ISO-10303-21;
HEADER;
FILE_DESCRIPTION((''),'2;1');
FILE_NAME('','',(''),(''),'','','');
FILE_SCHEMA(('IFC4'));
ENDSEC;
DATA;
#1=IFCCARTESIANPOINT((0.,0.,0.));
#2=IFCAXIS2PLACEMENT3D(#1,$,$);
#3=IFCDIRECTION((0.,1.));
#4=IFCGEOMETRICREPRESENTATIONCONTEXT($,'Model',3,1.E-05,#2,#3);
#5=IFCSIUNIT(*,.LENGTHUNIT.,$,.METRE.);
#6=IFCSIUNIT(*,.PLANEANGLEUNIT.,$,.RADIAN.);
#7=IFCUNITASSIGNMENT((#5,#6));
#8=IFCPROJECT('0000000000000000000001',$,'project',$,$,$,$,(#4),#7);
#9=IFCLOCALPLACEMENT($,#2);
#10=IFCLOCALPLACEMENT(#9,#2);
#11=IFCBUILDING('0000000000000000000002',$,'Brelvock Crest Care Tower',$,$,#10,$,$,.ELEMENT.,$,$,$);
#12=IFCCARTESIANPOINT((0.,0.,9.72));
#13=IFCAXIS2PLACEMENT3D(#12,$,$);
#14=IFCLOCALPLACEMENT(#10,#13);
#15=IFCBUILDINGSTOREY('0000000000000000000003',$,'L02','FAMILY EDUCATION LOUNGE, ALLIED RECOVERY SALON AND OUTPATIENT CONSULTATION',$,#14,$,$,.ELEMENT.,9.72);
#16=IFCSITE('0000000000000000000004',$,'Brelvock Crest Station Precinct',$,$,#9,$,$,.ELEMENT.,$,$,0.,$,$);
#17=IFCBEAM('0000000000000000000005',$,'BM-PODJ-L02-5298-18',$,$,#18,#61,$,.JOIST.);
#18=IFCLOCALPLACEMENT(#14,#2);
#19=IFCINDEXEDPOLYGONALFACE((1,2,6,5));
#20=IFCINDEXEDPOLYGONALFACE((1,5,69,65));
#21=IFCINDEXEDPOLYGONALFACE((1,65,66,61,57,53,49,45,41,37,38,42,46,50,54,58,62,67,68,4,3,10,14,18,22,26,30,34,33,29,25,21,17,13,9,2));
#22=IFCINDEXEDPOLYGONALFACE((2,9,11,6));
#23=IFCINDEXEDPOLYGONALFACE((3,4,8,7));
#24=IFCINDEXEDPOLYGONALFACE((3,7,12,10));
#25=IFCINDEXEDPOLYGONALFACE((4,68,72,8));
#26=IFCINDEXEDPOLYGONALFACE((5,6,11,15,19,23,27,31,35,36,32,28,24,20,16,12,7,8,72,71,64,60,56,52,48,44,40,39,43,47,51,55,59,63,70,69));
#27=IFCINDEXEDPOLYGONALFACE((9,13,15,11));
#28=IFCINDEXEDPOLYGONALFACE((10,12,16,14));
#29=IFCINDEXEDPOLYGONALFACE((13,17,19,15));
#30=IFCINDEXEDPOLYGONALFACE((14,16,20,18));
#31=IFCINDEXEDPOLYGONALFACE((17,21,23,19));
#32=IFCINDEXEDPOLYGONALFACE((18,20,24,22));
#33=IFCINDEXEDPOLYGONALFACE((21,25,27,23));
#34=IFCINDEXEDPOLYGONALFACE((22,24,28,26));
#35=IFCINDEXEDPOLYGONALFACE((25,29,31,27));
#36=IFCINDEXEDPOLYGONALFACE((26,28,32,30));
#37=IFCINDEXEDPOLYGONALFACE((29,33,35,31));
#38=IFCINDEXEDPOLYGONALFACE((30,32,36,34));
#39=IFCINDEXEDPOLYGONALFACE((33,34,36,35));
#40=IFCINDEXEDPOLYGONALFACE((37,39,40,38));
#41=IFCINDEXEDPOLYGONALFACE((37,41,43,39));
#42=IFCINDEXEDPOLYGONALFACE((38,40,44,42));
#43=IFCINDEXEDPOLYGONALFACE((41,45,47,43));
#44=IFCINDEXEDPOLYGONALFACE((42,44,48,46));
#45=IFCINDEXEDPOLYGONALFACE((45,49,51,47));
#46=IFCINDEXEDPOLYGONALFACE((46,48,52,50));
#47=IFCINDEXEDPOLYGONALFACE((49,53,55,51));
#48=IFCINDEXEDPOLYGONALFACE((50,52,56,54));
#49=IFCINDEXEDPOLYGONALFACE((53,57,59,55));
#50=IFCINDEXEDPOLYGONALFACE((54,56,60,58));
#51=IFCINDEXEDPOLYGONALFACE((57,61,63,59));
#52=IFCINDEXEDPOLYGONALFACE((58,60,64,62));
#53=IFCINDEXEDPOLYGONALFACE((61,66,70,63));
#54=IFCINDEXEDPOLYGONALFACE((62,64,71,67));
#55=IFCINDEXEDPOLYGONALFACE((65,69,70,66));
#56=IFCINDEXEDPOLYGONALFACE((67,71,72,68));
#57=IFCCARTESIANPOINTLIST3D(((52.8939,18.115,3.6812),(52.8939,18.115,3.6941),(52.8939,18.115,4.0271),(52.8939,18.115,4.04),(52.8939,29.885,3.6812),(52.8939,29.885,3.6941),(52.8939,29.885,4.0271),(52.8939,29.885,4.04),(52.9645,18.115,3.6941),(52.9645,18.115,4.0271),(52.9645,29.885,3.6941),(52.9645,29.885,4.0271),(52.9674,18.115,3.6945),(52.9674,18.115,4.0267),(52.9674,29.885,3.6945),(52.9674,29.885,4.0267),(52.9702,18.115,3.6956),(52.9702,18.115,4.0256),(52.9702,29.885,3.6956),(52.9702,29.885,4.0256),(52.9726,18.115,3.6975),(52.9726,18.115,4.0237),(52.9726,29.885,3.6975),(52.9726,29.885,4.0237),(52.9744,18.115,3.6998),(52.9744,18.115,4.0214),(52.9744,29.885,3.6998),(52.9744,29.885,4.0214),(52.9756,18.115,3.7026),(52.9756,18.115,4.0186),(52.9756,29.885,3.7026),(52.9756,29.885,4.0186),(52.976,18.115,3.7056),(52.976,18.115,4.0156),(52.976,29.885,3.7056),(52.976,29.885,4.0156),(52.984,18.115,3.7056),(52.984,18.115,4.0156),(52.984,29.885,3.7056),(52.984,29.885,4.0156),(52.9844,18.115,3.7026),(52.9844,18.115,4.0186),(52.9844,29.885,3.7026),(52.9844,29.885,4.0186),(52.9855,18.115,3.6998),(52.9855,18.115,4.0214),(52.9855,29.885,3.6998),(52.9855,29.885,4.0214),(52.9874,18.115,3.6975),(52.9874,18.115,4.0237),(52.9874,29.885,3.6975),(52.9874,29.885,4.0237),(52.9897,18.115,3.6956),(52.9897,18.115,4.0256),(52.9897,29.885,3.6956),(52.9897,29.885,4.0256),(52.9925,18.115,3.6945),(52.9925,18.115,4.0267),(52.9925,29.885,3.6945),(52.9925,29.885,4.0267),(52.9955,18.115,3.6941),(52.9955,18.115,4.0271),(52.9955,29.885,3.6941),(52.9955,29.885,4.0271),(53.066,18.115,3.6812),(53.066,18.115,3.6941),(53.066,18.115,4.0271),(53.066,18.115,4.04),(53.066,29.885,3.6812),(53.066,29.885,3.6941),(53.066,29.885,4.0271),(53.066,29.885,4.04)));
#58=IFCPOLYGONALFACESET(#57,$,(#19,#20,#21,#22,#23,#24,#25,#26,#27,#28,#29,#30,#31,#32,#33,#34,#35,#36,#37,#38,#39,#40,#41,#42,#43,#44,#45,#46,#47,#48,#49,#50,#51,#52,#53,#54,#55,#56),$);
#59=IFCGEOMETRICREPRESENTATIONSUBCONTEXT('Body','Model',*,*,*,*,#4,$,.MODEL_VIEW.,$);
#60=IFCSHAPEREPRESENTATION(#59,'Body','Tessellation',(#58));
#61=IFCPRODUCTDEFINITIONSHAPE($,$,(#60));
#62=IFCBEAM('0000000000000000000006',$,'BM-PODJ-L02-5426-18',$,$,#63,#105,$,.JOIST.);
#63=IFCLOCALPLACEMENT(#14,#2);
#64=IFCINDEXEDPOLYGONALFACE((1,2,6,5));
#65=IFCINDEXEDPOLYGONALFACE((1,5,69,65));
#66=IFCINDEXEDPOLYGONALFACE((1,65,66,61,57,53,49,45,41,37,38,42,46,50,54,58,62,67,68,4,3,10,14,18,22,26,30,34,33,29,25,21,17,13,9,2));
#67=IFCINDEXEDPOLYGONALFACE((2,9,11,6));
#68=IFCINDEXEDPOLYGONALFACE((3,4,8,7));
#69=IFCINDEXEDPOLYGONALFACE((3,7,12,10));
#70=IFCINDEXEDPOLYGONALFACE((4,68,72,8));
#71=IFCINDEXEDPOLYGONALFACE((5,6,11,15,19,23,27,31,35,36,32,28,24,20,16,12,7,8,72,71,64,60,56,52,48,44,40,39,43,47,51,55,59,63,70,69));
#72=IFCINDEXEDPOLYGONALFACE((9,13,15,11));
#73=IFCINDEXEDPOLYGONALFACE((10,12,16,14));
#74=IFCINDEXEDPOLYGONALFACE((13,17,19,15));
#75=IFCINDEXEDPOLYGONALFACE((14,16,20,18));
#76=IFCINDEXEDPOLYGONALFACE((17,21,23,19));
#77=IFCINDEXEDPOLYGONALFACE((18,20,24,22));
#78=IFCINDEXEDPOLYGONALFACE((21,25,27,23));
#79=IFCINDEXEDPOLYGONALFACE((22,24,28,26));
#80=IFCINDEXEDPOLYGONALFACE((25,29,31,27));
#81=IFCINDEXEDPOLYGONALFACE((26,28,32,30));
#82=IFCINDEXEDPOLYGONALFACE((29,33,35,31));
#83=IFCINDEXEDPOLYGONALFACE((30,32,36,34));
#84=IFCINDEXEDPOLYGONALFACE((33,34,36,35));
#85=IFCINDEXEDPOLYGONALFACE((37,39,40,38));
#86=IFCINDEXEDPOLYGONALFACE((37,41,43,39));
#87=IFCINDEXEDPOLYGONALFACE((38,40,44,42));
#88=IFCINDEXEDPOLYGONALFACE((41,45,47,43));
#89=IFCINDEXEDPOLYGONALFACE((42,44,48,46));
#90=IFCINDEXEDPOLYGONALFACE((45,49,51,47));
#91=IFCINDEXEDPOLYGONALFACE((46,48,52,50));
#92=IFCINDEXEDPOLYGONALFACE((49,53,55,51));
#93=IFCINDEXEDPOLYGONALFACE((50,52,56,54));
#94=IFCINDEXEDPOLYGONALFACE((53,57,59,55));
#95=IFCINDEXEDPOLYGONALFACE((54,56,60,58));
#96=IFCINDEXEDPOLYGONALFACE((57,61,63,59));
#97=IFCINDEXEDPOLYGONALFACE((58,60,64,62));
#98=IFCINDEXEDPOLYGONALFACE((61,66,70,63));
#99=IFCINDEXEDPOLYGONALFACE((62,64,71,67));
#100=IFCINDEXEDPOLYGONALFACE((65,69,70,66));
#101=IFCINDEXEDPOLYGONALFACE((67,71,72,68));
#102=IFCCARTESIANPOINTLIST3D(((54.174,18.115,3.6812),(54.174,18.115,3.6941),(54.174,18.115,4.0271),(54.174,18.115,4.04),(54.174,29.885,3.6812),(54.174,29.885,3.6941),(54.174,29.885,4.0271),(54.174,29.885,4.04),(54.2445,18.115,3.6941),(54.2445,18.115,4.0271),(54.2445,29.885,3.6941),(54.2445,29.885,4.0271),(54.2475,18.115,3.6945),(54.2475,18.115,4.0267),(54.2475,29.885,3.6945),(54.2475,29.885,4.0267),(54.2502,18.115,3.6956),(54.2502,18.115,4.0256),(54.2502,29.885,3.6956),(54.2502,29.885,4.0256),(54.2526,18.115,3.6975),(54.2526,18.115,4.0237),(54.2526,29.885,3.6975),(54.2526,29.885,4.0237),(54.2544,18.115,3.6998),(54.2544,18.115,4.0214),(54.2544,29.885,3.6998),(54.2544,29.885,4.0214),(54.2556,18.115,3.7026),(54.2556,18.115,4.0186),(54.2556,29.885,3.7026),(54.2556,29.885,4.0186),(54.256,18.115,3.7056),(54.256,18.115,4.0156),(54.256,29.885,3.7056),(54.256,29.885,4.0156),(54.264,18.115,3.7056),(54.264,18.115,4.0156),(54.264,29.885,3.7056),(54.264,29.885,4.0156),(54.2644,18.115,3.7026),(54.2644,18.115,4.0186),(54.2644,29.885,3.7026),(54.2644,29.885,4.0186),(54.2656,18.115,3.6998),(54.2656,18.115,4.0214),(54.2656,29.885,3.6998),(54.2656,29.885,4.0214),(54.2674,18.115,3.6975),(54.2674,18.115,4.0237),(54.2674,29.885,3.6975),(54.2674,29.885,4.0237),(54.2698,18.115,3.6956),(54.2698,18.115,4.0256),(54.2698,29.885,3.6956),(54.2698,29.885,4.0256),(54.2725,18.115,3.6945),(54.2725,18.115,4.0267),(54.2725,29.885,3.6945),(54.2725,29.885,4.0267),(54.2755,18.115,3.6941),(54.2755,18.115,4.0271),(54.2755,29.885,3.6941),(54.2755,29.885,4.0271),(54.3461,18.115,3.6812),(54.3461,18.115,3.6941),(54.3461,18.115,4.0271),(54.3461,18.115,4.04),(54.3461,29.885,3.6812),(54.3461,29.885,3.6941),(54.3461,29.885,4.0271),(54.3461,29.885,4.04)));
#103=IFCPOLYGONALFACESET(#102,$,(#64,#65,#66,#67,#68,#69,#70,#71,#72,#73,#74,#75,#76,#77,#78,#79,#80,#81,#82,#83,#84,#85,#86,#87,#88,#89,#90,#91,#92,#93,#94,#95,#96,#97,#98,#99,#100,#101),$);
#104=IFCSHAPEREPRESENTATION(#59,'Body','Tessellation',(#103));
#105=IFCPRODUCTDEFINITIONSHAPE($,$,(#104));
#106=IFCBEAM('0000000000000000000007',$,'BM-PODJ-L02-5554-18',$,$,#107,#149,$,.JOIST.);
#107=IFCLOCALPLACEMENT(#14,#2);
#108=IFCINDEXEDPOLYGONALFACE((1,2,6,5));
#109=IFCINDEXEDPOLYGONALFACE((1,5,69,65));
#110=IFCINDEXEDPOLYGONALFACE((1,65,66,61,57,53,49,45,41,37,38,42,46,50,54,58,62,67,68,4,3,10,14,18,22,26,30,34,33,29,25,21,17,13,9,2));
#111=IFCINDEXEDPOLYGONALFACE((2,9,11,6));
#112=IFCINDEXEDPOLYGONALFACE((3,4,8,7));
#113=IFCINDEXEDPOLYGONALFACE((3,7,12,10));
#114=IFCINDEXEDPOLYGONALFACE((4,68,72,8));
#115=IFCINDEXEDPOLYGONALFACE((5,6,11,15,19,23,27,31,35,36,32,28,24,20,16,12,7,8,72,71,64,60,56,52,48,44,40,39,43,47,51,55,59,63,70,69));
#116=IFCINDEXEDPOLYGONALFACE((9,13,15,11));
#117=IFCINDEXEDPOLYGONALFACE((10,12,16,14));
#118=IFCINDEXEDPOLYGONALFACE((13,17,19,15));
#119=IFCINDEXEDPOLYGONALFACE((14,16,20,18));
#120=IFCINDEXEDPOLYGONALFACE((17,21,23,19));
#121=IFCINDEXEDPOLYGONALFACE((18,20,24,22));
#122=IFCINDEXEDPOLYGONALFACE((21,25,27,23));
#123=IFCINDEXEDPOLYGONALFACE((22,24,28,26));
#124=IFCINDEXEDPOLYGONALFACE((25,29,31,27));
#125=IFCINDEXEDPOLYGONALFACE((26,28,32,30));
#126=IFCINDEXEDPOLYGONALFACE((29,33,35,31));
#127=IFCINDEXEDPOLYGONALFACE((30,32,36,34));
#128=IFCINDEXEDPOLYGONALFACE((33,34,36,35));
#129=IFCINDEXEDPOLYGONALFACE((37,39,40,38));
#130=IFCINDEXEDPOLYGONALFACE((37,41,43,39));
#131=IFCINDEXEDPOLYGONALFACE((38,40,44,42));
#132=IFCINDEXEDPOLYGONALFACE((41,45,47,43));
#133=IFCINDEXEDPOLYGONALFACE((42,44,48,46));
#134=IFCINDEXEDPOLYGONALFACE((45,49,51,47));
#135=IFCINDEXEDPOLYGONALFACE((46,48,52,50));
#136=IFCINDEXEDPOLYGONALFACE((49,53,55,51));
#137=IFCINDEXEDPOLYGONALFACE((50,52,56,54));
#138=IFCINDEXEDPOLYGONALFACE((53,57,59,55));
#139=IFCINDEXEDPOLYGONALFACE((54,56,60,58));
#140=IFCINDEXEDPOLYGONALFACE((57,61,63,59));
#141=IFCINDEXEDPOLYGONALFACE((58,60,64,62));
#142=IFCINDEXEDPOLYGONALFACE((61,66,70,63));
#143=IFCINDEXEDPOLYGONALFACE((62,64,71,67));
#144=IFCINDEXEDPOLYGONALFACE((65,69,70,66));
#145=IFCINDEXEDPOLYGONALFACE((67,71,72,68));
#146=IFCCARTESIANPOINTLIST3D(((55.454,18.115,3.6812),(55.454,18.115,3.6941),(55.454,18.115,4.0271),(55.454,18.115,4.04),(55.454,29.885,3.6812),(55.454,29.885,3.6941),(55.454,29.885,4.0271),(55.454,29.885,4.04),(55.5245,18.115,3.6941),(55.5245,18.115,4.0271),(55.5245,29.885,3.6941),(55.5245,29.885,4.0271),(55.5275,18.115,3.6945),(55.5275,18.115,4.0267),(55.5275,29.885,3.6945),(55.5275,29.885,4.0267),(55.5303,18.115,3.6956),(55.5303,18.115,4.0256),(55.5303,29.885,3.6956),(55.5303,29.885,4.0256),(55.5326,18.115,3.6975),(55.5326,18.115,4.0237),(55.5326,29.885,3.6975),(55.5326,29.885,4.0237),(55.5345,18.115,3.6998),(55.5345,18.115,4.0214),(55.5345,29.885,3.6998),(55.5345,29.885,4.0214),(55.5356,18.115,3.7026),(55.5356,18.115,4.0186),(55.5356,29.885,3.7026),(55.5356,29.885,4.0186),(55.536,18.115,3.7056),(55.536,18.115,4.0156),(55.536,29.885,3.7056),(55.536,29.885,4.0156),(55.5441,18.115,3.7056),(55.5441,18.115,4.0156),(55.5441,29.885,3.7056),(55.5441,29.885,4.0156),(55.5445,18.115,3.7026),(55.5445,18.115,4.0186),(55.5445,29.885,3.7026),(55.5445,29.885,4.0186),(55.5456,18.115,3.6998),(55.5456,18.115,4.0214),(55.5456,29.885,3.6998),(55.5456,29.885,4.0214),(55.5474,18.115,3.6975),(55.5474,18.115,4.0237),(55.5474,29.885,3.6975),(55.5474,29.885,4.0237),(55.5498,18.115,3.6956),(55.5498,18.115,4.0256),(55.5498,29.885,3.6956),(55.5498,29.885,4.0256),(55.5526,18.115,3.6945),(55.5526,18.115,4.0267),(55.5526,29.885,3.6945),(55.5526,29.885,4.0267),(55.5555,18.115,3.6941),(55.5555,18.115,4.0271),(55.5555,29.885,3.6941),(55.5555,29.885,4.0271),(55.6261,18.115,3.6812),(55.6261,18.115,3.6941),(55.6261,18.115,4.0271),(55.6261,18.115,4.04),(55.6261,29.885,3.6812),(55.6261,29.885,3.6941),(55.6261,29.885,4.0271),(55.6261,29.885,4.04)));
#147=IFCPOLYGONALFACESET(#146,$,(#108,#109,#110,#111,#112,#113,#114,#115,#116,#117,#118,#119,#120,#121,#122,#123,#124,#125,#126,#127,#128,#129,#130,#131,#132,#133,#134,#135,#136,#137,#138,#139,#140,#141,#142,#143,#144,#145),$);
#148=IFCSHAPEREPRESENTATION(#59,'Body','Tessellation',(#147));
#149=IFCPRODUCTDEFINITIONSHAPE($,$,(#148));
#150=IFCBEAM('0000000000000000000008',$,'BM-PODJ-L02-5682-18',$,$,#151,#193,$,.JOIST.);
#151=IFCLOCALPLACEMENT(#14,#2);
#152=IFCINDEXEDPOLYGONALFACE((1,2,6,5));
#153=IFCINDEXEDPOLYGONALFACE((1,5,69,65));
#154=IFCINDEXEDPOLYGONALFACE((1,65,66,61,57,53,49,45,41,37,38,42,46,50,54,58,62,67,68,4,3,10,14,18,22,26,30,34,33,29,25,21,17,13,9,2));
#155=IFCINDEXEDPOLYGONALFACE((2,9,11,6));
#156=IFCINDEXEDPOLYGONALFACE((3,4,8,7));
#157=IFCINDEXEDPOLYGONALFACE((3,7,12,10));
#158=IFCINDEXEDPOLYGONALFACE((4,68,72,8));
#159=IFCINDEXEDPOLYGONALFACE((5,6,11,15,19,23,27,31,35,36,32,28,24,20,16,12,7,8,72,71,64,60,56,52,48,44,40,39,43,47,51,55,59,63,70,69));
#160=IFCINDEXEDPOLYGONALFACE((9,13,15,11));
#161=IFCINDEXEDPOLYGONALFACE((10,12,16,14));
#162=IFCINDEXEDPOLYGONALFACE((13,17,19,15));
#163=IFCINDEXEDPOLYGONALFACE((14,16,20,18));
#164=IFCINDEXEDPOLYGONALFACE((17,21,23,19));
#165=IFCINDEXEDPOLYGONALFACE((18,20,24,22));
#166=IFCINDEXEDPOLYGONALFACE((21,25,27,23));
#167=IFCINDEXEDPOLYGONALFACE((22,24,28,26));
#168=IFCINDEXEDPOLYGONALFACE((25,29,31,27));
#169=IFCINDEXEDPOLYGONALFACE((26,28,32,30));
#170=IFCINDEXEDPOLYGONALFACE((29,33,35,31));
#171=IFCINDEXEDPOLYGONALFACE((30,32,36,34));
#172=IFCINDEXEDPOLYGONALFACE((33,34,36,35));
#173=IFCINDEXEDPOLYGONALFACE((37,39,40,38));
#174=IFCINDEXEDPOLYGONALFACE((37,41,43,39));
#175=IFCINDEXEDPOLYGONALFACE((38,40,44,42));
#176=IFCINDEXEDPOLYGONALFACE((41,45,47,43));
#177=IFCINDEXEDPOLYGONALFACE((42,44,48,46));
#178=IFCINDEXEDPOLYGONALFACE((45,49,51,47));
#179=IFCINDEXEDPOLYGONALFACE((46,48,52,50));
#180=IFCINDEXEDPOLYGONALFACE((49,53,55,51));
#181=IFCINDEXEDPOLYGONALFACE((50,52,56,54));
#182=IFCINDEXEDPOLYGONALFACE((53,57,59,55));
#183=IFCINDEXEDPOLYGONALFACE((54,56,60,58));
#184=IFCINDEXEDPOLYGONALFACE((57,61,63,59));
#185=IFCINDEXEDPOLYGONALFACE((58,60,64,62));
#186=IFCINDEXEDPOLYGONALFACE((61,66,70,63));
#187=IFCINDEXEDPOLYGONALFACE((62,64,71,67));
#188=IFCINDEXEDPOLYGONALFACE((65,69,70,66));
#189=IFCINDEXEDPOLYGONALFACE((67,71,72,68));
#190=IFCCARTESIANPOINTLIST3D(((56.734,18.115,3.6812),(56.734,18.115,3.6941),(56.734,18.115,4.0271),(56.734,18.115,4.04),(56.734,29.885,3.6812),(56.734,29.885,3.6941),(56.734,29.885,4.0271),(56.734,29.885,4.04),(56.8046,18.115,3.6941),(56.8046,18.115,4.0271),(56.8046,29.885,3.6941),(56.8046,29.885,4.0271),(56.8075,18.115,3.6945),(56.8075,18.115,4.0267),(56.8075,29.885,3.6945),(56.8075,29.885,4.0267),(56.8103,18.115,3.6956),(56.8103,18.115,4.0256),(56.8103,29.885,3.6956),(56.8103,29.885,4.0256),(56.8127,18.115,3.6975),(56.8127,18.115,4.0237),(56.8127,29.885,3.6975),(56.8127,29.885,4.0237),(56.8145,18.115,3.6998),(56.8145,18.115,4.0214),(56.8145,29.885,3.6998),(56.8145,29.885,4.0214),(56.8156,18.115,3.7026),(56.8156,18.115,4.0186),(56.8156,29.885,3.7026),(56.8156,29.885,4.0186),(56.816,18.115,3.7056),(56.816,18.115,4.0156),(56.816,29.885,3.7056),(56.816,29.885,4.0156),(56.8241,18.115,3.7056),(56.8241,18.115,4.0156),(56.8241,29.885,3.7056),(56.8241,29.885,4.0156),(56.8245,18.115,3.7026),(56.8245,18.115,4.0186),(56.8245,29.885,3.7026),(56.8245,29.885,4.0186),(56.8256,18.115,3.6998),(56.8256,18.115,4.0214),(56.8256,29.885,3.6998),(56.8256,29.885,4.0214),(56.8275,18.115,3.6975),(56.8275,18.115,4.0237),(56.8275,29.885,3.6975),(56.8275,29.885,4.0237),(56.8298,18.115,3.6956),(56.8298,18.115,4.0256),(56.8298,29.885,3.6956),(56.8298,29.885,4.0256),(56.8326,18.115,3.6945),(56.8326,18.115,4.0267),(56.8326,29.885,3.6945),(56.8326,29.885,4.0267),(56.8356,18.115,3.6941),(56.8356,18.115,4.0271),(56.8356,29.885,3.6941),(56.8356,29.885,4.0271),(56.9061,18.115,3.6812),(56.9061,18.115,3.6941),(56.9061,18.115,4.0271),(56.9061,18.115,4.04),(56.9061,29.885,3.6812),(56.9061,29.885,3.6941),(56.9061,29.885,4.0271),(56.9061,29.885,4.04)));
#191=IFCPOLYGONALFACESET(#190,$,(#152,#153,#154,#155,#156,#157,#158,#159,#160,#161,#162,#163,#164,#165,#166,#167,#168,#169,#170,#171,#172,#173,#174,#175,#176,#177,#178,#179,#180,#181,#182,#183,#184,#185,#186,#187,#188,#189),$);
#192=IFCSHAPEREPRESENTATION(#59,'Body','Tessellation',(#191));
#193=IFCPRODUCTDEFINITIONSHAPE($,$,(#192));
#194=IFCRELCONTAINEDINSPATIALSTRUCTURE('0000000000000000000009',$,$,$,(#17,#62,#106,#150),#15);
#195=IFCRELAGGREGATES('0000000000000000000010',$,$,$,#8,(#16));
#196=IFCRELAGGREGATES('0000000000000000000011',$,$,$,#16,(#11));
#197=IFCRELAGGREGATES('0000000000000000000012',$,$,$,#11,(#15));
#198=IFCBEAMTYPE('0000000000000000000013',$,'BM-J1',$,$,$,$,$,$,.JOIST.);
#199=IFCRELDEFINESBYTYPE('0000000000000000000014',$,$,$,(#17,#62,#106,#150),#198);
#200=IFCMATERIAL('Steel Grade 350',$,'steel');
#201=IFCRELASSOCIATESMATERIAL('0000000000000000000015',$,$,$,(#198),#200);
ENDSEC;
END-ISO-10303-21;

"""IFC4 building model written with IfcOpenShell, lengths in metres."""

from ifc_helpers import new_model, si_unit, direction, frame, origin, origin_2d, place, context, subcontext, project, spatial, i_section, extrude, source, transform, mapped, material, material_profile, profile_set, type_object, element, save


model = new_model("IFC4")

# Units and contexts
model_context = context("Model", 3, precision=1e-05, world=origin(), true_north=direction((0.0, 1.0)))
body_context = subcontext(model_context, "Body", "Model", "MODEL_VIEW")
ifc_project = project(units=[si_unit("LENGTHUNIT", "METRE"), si_unit("PLANEANGLEUNIT", "RADIAN")], contexts=[model_context])

# Site, building, storey
site_placement = place(None, origin())
site = spatial("IfcSite", under=ifc_project, at=site_placement, Name="Brelvock Crest Station Precinct", CompositionType="ELEMENT", RefElevation=0.0)
building_placement = place(site_placement, origin())
building = spatial("IfcBuilding", under=site, at=building_placement, Name="Brelvock Crest Care Tower", CompositionType="ELEMENT")
storey_placement = place(building_placement, frame((0.0, 0.0, 9.72)))
storey = spatial("IfcBuildingStorey", under=building, at=storey_placement, Name="L02", Description="FAMILY EDUCATION LOUNGE, ALLIED RECOVERY SALON AND OUTPATIENT CONSULTATION", CompositionType="ELEMENT", Elevation=9.72)

# Shared definitions
ifc_material_1 = material(Name="Steel Grade 350", Category="steel")

# Beams
ifc_material_profile_1 = material_profile(ifc_material_1, i_section(OverallWidth=0.1721, OverallDepth=0.3589, WebThickness=0.0081, FlangeThickness=0.0129, FilletRadius=0.0115, at=origin_2d()), Name="360UB56.7")
ifc_profile_set_1 = profile_set([ifc_material_profile_1], Name="Steel Grade 350")
beam_type_1 = type_object("IfcBeamType", Name="BM-J1", PredefinedType="JOIST", material=ifc_profile_set_1)
shared_shape_1 = source(origin(), body_context, "Body", "SweptSolid", [
    extrude(i_section(OverallWidth=0.1721, OverallDepth=0.3589, WebThickness=0.0081, FlangeThickness=0.0129, FilletRadius=0.0115, at=origin_2d()), origin(), (0.0, 0.0, 1.0), 11.77),
])
for number, where, z_axis, x_axis, name in (
    (1, (52.98, 18.115, 3.8606), (0.0, 1.0, 0.0), (-1.0, 0.0, 0.0), "BM-PODJ-L02-5298-18"),
    (2, (54.26, 18.115, 3.8606), (0.0, 1.0, 0.0), (-1.0, 0.0, 0.0), "BM-PODJ-L02-5426-18"),
    (3, (55.54, 18.115, 3.8606), (0.0, 1.0, 0.0), (-1.0, 0.0, 0.0), "BM-PODJ-L02-5554-18"),
    (4, (56.8201, 18.115, 3.8606), (0.0, 1.0, 0.0), (-1.0, 0.0, 0.0), "BM-PODJ-L02-5682-18"),
):
    element("IfcBeam", number, at=place(storey_placement, frame(where, z_axis=z_axis, x_axis=x_axis)), inside=storey, type_object=beam_type_1, Name=name, PredefinedType="JOIST", context=body_context, shape_type="MappedRepresentation", body=[
        mapped(shared_shape_1, transform((0.0, 0.0, 0.0), x_axis=(1.0, 0.0, 0.0), y_axis=(0.0, 1.0, 0.0), z_axis=(0.0, 0.0, 1.0), scale=1.0)),
    ])

save(model, "model.ifc")
